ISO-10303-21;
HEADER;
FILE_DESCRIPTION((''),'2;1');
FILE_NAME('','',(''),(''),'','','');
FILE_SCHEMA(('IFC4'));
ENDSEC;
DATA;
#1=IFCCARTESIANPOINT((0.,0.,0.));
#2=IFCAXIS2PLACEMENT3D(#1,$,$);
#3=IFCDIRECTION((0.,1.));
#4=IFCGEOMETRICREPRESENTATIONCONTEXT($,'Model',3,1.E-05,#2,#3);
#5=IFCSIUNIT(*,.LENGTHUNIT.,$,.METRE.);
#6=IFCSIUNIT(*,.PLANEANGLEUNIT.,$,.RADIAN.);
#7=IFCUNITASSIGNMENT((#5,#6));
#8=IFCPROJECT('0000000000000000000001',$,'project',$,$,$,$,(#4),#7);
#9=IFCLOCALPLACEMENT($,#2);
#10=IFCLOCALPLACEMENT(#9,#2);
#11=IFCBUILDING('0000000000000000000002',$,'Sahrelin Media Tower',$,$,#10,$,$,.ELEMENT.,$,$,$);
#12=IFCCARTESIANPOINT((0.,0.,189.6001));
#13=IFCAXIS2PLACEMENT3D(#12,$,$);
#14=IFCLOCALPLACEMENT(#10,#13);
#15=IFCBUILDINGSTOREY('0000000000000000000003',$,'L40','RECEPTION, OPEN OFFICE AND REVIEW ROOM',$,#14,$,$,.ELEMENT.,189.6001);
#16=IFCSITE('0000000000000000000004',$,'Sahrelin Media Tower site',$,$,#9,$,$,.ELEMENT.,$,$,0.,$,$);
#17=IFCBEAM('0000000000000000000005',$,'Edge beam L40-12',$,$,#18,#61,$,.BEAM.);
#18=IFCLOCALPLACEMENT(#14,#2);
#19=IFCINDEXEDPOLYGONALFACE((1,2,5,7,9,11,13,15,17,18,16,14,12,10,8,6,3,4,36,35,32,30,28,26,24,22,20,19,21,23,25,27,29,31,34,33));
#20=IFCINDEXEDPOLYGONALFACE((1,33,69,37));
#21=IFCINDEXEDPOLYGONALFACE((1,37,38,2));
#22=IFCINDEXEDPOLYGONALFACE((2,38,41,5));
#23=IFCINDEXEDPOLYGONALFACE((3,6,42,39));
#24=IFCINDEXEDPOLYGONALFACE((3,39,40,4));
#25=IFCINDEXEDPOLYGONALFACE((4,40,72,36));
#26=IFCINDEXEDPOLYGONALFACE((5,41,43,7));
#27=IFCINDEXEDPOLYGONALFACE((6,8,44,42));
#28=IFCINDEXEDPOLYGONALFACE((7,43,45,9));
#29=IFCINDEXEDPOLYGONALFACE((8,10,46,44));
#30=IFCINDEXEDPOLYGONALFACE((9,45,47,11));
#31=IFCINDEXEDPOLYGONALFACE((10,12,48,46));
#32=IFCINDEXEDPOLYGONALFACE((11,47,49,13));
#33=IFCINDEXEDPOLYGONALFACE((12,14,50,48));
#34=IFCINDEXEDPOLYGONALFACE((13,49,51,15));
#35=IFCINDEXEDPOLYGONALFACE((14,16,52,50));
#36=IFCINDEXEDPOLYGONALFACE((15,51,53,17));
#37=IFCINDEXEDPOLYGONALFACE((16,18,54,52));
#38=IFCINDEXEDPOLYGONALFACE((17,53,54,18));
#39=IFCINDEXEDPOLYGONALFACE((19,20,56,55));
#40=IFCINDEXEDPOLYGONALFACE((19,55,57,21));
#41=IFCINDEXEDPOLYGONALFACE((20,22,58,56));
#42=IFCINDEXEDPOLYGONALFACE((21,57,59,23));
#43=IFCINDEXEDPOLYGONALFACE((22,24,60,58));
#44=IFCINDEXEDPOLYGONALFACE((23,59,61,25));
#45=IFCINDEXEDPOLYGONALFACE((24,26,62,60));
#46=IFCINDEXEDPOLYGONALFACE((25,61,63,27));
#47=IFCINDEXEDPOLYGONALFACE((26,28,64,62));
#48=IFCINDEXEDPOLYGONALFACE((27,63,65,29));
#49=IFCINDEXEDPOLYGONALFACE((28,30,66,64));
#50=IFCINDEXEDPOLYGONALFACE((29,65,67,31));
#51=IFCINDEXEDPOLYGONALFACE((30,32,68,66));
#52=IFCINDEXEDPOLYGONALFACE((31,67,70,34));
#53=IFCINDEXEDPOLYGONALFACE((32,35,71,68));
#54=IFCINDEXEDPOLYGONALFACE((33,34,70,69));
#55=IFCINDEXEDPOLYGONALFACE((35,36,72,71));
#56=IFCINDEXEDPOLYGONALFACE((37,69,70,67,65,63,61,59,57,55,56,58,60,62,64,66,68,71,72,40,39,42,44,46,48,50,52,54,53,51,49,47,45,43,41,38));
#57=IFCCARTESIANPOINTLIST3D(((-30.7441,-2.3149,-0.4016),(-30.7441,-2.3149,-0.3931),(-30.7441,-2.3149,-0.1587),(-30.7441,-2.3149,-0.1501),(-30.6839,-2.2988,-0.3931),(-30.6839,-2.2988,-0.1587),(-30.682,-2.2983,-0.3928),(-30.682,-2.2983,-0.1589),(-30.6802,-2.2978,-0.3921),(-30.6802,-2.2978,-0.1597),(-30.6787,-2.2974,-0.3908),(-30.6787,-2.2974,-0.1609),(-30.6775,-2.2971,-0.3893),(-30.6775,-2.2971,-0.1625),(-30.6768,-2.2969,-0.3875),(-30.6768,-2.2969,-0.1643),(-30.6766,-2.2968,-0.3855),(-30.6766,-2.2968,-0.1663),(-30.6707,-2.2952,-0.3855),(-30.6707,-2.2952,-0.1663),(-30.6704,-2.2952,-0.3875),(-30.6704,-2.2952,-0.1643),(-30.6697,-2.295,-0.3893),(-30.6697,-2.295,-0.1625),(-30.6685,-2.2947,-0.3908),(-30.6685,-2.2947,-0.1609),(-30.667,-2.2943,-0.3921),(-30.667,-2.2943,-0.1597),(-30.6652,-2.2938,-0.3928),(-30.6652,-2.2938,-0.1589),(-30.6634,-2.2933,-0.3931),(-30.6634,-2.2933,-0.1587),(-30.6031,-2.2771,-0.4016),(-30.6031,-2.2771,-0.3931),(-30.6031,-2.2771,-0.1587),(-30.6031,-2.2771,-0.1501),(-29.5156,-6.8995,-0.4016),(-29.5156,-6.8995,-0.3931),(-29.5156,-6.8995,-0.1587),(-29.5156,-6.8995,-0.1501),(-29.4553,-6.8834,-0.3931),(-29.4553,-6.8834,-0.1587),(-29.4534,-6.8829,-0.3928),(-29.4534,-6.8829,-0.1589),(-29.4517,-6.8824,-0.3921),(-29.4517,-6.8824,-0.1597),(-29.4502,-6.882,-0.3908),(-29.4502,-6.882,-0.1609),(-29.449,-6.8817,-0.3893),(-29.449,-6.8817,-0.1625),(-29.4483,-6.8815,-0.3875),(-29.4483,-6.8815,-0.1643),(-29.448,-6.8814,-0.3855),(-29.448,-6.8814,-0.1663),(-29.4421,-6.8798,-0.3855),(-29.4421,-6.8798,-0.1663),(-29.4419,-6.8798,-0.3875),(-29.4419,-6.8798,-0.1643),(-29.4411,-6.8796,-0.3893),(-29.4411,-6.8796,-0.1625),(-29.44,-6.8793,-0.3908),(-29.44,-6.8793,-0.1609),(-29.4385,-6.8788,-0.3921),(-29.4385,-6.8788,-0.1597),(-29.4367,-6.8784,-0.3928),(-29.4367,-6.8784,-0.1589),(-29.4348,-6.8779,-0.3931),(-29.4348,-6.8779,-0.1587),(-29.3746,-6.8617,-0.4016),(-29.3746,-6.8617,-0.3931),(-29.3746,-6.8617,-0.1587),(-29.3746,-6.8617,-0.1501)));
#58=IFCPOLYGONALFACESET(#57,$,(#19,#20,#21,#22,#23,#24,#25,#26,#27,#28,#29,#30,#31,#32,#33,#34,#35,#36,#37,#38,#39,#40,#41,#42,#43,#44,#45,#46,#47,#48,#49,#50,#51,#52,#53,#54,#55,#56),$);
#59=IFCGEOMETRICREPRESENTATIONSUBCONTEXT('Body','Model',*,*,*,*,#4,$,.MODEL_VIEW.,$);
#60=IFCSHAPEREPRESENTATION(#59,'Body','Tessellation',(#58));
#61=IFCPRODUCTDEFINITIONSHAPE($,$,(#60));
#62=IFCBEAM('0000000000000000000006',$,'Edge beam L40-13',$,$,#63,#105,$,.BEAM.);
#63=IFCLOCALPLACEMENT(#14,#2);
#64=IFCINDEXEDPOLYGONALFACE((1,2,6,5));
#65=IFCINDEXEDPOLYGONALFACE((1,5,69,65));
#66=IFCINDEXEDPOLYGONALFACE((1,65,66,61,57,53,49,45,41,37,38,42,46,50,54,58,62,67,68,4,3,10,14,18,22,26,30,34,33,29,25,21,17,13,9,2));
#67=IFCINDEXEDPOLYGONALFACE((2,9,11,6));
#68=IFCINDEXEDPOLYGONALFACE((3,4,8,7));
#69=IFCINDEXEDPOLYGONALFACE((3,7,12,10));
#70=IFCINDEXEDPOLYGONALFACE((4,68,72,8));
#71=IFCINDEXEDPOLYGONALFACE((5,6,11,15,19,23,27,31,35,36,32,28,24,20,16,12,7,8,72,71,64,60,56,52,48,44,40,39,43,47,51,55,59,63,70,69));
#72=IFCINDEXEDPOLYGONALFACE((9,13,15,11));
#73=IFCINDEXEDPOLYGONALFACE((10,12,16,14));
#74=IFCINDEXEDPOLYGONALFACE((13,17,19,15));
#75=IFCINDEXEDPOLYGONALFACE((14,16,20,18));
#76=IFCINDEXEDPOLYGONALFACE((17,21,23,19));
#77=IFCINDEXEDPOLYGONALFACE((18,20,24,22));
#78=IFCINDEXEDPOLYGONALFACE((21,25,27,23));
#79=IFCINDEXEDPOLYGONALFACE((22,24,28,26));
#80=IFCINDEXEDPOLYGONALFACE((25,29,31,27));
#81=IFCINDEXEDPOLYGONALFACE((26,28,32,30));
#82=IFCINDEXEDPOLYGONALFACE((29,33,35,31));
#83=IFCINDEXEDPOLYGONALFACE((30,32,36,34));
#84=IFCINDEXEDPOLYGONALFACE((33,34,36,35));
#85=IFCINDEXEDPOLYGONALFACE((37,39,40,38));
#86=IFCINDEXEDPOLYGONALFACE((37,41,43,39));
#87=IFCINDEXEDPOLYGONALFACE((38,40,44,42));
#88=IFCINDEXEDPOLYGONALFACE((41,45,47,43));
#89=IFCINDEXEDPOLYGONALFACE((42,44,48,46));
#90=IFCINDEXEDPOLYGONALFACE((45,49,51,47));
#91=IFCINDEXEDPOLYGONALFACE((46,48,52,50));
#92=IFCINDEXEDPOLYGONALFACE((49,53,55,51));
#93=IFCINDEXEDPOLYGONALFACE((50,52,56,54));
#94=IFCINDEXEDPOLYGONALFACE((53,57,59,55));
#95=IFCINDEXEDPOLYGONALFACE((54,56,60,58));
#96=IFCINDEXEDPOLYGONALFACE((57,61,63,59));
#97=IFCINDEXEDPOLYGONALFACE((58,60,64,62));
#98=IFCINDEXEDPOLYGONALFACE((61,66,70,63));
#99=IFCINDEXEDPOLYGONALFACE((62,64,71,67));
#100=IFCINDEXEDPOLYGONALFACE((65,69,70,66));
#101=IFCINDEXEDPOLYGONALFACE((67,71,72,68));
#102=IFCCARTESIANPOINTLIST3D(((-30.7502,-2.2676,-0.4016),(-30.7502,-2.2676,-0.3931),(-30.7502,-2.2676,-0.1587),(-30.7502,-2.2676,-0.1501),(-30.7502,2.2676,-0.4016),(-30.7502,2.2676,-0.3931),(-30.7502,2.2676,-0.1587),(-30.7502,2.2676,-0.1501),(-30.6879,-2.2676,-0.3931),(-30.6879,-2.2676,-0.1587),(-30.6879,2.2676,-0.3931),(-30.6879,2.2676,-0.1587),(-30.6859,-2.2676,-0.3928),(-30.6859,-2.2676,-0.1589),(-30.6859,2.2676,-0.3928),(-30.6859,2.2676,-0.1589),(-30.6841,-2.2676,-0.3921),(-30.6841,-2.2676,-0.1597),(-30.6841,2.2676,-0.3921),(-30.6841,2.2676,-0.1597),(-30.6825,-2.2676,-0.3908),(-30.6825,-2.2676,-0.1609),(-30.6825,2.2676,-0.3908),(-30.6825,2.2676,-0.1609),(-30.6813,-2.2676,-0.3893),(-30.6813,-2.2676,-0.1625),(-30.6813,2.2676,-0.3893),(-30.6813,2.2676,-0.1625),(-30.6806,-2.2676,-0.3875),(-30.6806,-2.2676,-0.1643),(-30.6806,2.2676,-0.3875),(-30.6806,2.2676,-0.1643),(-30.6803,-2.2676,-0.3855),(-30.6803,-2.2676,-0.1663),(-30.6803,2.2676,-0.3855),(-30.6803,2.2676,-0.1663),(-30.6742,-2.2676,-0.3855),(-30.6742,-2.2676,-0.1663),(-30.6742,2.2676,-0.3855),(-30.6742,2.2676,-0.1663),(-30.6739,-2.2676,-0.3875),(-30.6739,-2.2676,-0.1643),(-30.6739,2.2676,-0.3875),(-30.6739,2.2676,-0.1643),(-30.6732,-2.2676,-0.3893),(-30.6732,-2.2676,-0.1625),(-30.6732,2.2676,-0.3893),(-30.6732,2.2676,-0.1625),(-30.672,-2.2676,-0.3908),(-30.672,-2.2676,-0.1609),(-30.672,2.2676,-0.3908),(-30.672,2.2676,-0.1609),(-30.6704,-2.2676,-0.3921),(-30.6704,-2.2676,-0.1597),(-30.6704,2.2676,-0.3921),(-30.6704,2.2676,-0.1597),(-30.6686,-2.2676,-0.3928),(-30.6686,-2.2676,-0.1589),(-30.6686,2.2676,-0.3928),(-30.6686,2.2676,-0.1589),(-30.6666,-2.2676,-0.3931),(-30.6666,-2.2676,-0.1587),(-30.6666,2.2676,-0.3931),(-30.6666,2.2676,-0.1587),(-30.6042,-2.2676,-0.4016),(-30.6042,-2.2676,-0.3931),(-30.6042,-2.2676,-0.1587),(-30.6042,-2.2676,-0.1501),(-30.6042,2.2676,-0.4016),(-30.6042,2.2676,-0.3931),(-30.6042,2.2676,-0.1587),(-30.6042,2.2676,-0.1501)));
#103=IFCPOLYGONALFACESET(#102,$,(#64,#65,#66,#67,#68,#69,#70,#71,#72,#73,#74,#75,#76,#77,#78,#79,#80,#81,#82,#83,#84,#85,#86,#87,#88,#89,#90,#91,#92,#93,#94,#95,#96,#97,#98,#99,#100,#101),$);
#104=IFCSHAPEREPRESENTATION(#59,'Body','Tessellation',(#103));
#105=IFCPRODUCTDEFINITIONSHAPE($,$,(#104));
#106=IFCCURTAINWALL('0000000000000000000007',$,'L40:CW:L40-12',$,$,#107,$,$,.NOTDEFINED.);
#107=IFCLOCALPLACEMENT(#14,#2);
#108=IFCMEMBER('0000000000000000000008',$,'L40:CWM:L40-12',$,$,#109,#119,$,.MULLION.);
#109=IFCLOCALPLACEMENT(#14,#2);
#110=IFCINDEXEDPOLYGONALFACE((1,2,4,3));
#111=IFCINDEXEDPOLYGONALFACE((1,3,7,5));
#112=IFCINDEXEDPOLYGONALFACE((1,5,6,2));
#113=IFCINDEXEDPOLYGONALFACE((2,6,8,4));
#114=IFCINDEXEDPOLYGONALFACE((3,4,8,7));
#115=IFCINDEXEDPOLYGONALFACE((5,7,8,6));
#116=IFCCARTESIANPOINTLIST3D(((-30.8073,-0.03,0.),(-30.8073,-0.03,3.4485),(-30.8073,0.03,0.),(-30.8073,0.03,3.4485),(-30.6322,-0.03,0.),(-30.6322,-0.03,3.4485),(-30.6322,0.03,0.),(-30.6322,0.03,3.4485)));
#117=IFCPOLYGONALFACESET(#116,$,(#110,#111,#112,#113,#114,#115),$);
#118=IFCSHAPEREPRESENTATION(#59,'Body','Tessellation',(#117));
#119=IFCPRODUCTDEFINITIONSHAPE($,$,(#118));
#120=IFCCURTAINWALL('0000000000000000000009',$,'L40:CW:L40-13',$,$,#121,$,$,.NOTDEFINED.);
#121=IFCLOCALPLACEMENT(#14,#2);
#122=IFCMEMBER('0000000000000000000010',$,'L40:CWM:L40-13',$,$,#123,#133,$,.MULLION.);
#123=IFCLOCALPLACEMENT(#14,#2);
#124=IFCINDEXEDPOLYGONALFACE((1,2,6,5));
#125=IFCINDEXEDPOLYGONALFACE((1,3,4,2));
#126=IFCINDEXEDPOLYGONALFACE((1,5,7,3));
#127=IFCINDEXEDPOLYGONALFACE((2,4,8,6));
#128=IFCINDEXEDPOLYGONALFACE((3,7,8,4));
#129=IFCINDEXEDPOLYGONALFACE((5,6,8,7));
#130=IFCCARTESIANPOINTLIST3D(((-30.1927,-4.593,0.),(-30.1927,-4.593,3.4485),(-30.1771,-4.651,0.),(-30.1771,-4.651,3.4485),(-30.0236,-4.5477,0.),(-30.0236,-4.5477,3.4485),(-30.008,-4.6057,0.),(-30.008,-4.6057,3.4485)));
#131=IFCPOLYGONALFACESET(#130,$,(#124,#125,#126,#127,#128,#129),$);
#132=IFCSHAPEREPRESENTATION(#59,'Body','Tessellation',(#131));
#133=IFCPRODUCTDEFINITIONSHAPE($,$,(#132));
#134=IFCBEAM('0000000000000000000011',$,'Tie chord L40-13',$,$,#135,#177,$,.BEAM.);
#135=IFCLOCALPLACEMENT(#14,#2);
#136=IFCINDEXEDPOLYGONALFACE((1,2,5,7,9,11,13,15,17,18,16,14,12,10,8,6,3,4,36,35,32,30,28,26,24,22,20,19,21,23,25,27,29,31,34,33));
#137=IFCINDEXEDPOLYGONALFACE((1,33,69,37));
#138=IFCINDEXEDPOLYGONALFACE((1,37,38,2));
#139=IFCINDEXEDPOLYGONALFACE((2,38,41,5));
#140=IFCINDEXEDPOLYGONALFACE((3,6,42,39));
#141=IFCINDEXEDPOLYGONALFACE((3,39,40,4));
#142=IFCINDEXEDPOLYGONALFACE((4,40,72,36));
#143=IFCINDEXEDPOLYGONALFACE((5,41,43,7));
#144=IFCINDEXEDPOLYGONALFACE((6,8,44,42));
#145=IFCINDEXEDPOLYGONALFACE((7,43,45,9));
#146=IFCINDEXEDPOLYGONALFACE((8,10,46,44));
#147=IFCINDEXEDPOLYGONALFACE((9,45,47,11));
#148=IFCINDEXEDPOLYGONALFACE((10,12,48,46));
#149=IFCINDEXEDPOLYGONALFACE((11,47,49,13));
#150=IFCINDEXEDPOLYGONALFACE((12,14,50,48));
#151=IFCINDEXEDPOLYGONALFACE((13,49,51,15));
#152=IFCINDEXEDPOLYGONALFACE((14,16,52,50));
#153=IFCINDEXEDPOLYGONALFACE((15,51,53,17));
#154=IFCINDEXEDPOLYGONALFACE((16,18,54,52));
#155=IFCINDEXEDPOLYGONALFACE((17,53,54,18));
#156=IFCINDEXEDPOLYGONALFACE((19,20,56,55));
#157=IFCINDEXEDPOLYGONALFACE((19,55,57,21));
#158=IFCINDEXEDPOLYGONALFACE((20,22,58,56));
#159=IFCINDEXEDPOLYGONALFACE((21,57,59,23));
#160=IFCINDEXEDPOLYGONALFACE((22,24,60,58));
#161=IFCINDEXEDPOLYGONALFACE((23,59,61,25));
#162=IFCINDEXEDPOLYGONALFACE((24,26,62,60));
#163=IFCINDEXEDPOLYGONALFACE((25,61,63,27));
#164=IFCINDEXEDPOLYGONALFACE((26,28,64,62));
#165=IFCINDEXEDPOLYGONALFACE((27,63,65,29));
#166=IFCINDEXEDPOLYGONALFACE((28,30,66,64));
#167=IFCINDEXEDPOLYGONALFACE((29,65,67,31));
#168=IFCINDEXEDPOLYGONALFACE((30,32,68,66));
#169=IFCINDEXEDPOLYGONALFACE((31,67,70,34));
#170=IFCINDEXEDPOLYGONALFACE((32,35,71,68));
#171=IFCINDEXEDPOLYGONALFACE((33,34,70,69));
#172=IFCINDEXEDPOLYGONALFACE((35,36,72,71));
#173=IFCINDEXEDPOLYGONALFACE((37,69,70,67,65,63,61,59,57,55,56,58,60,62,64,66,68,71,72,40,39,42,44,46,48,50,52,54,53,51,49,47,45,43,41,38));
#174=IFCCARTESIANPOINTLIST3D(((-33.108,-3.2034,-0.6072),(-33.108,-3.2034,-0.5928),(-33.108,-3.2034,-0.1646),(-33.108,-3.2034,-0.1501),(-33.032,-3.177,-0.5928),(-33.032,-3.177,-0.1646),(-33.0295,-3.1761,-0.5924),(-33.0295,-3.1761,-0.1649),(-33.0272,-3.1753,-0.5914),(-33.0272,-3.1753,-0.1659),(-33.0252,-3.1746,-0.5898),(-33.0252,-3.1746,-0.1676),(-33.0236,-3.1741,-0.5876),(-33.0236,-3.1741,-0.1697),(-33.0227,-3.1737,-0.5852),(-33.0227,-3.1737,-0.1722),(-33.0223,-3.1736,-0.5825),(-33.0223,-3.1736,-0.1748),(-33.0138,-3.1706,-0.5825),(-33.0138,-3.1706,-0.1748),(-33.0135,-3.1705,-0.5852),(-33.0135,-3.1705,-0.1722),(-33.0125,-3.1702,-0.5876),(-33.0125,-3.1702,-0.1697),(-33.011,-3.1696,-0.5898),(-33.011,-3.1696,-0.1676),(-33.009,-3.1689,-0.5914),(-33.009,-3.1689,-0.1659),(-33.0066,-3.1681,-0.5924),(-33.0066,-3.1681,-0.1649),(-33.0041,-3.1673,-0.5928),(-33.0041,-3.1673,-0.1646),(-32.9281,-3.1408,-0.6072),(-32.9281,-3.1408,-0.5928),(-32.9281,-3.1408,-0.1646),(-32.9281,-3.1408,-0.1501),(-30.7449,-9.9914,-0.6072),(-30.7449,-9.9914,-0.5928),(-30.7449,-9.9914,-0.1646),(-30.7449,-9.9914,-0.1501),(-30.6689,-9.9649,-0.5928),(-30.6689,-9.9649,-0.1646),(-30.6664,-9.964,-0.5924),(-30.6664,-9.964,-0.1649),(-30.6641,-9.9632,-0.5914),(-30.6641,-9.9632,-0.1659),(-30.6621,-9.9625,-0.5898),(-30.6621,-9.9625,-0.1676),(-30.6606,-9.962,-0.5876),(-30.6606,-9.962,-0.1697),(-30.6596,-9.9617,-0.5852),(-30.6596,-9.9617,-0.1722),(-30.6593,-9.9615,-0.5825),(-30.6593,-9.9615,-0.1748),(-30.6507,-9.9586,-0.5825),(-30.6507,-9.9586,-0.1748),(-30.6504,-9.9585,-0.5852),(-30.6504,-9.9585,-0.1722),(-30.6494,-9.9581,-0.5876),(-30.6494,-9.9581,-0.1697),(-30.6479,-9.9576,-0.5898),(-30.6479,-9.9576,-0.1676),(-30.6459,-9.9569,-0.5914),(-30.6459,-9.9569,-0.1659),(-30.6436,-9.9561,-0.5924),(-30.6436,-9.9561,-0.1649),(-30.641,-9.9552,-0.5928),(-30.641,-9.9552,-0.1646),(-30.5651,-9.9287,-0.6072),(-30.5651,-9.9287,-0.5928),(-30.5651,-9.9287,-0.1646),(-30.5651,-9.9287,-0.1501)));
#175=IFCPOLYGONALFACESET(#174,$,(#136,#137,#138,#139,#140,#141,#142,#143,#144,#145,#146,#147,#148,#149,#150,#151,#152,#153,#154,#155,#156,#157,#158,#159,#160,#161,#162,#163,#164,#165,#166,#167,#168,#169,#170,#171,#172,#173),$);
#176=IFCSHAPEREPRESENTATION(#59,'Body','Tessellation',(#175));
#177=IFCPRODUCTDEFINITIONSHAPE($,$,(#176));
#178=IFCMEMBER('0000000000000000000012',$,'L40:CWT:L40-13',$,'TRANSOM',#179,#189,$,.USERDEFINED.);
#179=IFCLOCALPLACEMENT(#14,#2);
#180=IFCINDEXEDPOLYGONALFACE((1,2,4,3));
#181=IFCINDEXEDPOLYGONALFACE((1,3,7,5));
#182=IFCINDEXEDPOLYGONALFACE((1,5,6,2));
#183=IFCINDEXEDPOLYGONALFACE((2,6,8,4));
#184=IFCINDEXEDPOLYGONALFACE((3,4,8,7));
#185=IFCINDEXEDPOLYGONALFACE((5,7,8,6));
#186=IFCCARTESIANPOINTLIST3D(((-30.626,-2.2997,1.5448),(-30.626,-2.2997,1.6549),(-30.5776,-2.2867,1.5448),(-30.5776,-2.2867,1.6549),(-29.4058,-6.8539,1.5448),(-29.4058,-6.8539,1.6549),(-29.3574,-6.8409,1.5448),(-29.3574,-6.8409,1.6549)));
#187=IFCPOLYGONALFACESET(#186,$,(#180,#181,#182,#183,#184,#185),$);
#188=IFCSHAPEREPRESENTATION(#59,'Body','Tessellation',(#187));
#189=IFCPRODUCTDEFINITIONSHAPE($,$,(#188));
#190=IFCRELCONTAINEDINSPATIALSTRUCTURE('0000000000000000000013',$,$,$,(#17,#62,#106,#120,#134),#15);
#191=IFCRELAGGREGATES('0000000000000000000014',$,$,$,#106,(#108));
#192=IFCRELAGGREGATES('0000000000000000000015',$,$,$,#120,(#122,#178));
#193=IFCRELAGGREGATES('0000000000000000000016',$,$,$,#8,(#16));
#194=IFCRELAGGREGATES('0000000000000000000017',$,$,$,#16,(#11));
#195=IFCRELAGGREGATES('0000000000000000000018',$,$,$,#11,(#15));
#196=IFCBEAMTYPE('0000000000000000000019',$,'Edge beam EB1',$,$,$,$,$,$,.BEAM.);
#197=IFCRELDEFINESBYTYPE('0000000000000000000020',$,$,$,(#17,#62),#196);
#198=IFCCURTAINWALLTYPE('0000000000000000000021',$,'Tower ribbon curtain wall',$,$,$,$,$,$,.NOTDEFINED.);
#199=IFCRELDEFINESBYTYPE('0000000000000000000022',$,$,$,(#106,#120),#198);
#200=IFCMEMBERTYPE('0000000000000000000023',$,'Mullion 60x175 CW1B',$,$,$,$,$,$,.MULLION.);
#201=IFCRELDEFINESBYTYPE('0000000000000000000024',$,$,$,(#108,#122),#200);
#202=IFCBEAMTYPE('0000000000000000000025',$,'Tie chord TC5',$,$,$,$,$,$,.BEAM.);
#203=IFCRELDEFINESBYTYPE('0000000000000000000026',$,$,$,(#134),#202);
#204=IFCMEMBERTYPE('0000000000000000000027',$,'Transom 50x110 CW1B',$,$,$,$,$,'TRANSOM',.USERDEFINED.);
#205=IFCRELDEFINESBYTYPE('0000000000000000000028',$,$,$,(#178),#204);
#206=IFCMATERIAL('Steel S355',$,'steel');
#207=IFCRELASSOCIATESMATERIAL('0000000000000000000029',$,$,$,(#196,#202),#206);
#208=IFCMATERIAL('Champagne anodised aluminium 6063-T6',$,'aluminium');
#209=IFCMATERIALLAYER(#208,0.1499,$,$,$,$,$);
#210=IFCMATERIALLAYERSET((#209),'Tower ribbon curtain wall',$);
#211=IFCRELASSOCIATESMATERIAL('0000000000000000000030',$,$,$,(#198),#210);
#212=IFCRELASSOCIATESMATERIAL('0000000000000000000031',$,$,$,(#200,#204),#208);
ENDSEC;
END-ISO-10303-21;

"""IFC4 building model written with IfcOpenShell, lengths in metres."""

from ifc_helpers import new_model, si_unit, direction, frame, origin, origin_2d, place, context, subcontext, project, spatial, rectangle, i_section, extrude, material, layer, layer_set, material_profile, profile_set, type_object, element, aggregate, save


model = new_model("IFC4")

# Units and contexts
model_context = context("Model", 3, precision=1e-05, world=origin(), true_north=direction((0.0, 1.0)))
body_context = subcontext(model_context, "Body", "Model", "MODEL_VIEW")
ifc_project = project(units=[si_unit("LENGTHUNIT", "METRE"), si_unit("PLANEANGLEUNIT", "RADIAN")], contexts=[model_context])

# Site, building, storey
site_placement = place(None, origin())
site = spatial("IfcSite", under=ifc_project, at=site_placement, Name="Sahrelin Media Tower site", CompositionType="ELEMENT", RefElevation=0.0)
building_placement = place(site_placement, origin())
building = spatial("IfcBuilding", under=site, at=building_placement, Name="Sahrelin Media Tower", CompositionType="ELEMENT")
storey_placement = place(building_placement, frame((0.0, 0.0, 189.6001)))
storey = spatial("IfcBuildingStorey", under=building, at=storey_placement, Name="L40", Description="RECEPTION, OPEN OFFICE AND REVIEW ROOM", CompositionType="ELEMENT", Elevation=189.6001)

# Beams
ifc_material_1 = material(Name="Steel S355", Category="steel")
ifc_material_profile_1 = material_profile(ifc_material_1, i_section(OverallWidth=0.146, OverallDepth=0.2515, WebThickness=0.0061, FlangeThickness=0.0085, FilletRadius=0.0076, at=origin_2d()), Name="UB 254x146x31")
ifc_profile_set_1 = profile_set([ifc_material_profile_1], Name="Steel S355")
beam_type_1 = type_object("IfcBeamType", Name="Edge beam EB1", PredefinedType="BEAM", material=ifc_profile_set_1)
beam_1_placement = place(storey_placement, frame((-29.4451, -6.8806, -0.2759), z_axis=(-0.258841, 0.96592, 0.0), x_axis=(-0.96592, -0.258841, 0.0)))
element("IfcBeam", 1, at=beam_1_placement, inside=storey, type_object=beam_type_1, Name="Edge beam L40-12", PredefinedType="BEAM", context=body_context, shape_type="SweptSolid", body=[
    extrude(i_section(OverallWidth=0.146, OverallDepth=0.2515, WebThickness=0.0061, FlangeThickness=0.0085, FilletRadius=0.0076, at=origin_2d()), origin(), (0.0, 0.0, 1.0), 4.7463),
])
beam_2_placement = place(storey_placement, frame((-30.6772, -2.2676, -0.2759), z_axis=(0.0, 1.0, 0.0), x_axis=(-1.0, 0.0, 0.0)))
element("IfcBeam", 2, at=beam_2_placement, inside=storey, type_object=beam_type_1, Name="Edge beam L40-13", PredefinedType="BEAM", context=body_context, shape_type="SweptSolid", body=[
    extrude(i_section(OverallWidth=0.146, OverallDepth=0.2515, WebThickness=0.0061, FlangeThickness=0.0085, FilletRadius=0.0076, at=origin_2d()), origin(), (0.0, 0.0, 1.0), 4.5352),
])

# Curtain walls, members
ifc_material_2 = material(Name="Champagne anodised aluminium 6063-T6", Category="aluminium")
ifc_layer_1 = layer(ifc_material_2, 0.1499)
ifc_layer_set_1 = layer_set([ifc_layer_1], Name="Tower ribbon curtain wall")
curtain_wall_type = type_object("IfcCurtainWallType", Name="Tower ribbon curtain wall", PredefinedType="NOTDEFINED", material=ifc_layer_set_1)
curtain_wall_1_placement = place(storey_placement, frame((-30.8274, 0.0, 0.0), z_axis=(0.0, 0.0, 1.0), x_axis=(1.0, 0.0, 0.0)))
curtain_wall_1 = element("IfcCurtainWall", 3, at=curtain_wall_1_placement, inside=storey, type_object=curtain_wall_type, Name="L40:CW:L40-12", PredefinedType="NOTDEFINED")
ifc_material_profile_2 = material_profile(ifc_material_2, rectangle(XDim=0.0601, YDim=0.175, at=origin_2d()), Name="Mullion 60x175")
ifc_profile_set_2 = profile_set([ifc_material_profile_2], Name="Champagne anodised aluminium 6063-T6")
member_type_1 = type_object("IfcMemberType", Name="Mullion 60x175 CW1B", PredefinedType="MULLION", material=ifc_profile_set_2)
member_1_placement = place(storey_placement, frame((-30.7197, 0.0, 0.0), z_axis=(0.0, 0.0, 1.0), x_axis=(0.0, -1.0, 0.0)))
member_1 = element("IfcMember", 4, at=member_1_placement, type_object=member_type_1, Name="L40:CWM:L40-12", PredefinedType="MULLION", context=body_context, shape_type="SweptSolid", body=[
    extrude(rectangle(XDim=0.0601, YDim=0.175, at=origin_2d()), origin(), (0.0, 0.0, 1.0), 3.4485),
])
aggregate(curtain_wall_1, [member_1])
curtain_wall_2_placement = place(storey_placement, frame((-30.2041, -4.6272, 0.0), z_axis=(0.0, 0.0, 1.0), x_axis=(1.0, 0.0, 0.0)))
curtain_wall_2 = element("IfcCurtainWall", 5, at=curtain_wall_2_placement, inside=storey, type_object=curtain_wall_type, Name="L40:CW:L40-13", PredefinedType="NOTDEFINED")
member_2_placement = place(storey_placement, frame((-30.1003, -4.5994, 0.0), z_axis=(0.0, 0.0, 1.0), x_axis=(0.258829, -0.965923, 0.0)))
member_2 = element("IfcMember", 6, at=member_2_placement, type_object=member_type_1, Name="L40:CWM:L40-13", PredefinedType="MULLION", context=body_context, shape_type="SweptSolid", body=[
    extrude(rectangle(XDim=0.0601, YDim=0.175, at=origin_2d()), origin(), (0.0, 0.0, 1.0), 3.4485),
])

# Beam
ifc_material_profile_3 = material_profile(ifc_material_1, i_section(OverallWidth=0.1904, OverallDepth=0.457, WebThickness=0.009, FlangeThickness=0.0144, FilletRadius=0.0103, at=origin_2d()), Name="UB 457x191x74")
ifc_profile_set_3 = profile_set([ifc_material_profile_3], Name="Steel S355")
beam_type_2 = type_object("IfcBeamType", Name="Tie chord TC5", PredefinedType="BEAM", material=ifc_profile_set_3)
beam_3_placement = place(storey_placement, frame((-33.0181, -3.1721, -0.3787), z_axis=(0.328775, -0.944408, 0.0), x_axis=(0.944408, 0.328775, 0.0)))
element("IfcBeam", 7, at=beam_3_placement, inside=storey, type_object=beam_type_2, Name="Tie chord L40-13", PredefinedType="BEAM", context=body_context, shape_type="SweptSolid", body=[
    extrude(i_section(OverallWidth=0.1904, OverallDepth=0.457, WebThickness=0.009, FlangeThickness=0.0144, FilletRadius=0.0103, at=origin_2d()), origin(), (0.0, 0.0, 1.0), 7.1875),
])

# Member
ifc_material_profile_4 = material_profile(ifc_material_2, rectangle(XDim=0.05, YDim=0.1101, at=origin_2d()), Name="Transom 50x110")
ifc_profile_set_4 = profile_set([ifc_material_profile_4], Name="Champagne anodised aluminium 6063-T6")
member_type_2 = type_object("IfcMemberType", Name="Transom 50x110 CW1B", ElementType="TRANSOM", PredefinedType="USERDEFINED", material=ifc_profile_set_4)
member_3_placement = place(storey_placement, frame((-30.6018, -2.2932, 1.5999), z_axis=(0.258803, -0.96593, 0.0), x_axis=(0.96593, 0.258803, 0.0)))
member_3 = element("IfcMember", 8, at=member_3_placement, type_object=member_type_2, Name="L40:CWT:L40-13", ObjectType="TRANSOM", PredefinedType="USERDEFINED", context=body_context, shape_type="SweptSolid", body=[
    extrude(rectangle(XDim=0.05, YDim=0.1101, at=origin_2d()), origin(), (0.0, 0.0, 1.0), 4.7148),
])

aggregate(curtain_wall_2, [member_2, member_3])

save(model, "model.ifc")
